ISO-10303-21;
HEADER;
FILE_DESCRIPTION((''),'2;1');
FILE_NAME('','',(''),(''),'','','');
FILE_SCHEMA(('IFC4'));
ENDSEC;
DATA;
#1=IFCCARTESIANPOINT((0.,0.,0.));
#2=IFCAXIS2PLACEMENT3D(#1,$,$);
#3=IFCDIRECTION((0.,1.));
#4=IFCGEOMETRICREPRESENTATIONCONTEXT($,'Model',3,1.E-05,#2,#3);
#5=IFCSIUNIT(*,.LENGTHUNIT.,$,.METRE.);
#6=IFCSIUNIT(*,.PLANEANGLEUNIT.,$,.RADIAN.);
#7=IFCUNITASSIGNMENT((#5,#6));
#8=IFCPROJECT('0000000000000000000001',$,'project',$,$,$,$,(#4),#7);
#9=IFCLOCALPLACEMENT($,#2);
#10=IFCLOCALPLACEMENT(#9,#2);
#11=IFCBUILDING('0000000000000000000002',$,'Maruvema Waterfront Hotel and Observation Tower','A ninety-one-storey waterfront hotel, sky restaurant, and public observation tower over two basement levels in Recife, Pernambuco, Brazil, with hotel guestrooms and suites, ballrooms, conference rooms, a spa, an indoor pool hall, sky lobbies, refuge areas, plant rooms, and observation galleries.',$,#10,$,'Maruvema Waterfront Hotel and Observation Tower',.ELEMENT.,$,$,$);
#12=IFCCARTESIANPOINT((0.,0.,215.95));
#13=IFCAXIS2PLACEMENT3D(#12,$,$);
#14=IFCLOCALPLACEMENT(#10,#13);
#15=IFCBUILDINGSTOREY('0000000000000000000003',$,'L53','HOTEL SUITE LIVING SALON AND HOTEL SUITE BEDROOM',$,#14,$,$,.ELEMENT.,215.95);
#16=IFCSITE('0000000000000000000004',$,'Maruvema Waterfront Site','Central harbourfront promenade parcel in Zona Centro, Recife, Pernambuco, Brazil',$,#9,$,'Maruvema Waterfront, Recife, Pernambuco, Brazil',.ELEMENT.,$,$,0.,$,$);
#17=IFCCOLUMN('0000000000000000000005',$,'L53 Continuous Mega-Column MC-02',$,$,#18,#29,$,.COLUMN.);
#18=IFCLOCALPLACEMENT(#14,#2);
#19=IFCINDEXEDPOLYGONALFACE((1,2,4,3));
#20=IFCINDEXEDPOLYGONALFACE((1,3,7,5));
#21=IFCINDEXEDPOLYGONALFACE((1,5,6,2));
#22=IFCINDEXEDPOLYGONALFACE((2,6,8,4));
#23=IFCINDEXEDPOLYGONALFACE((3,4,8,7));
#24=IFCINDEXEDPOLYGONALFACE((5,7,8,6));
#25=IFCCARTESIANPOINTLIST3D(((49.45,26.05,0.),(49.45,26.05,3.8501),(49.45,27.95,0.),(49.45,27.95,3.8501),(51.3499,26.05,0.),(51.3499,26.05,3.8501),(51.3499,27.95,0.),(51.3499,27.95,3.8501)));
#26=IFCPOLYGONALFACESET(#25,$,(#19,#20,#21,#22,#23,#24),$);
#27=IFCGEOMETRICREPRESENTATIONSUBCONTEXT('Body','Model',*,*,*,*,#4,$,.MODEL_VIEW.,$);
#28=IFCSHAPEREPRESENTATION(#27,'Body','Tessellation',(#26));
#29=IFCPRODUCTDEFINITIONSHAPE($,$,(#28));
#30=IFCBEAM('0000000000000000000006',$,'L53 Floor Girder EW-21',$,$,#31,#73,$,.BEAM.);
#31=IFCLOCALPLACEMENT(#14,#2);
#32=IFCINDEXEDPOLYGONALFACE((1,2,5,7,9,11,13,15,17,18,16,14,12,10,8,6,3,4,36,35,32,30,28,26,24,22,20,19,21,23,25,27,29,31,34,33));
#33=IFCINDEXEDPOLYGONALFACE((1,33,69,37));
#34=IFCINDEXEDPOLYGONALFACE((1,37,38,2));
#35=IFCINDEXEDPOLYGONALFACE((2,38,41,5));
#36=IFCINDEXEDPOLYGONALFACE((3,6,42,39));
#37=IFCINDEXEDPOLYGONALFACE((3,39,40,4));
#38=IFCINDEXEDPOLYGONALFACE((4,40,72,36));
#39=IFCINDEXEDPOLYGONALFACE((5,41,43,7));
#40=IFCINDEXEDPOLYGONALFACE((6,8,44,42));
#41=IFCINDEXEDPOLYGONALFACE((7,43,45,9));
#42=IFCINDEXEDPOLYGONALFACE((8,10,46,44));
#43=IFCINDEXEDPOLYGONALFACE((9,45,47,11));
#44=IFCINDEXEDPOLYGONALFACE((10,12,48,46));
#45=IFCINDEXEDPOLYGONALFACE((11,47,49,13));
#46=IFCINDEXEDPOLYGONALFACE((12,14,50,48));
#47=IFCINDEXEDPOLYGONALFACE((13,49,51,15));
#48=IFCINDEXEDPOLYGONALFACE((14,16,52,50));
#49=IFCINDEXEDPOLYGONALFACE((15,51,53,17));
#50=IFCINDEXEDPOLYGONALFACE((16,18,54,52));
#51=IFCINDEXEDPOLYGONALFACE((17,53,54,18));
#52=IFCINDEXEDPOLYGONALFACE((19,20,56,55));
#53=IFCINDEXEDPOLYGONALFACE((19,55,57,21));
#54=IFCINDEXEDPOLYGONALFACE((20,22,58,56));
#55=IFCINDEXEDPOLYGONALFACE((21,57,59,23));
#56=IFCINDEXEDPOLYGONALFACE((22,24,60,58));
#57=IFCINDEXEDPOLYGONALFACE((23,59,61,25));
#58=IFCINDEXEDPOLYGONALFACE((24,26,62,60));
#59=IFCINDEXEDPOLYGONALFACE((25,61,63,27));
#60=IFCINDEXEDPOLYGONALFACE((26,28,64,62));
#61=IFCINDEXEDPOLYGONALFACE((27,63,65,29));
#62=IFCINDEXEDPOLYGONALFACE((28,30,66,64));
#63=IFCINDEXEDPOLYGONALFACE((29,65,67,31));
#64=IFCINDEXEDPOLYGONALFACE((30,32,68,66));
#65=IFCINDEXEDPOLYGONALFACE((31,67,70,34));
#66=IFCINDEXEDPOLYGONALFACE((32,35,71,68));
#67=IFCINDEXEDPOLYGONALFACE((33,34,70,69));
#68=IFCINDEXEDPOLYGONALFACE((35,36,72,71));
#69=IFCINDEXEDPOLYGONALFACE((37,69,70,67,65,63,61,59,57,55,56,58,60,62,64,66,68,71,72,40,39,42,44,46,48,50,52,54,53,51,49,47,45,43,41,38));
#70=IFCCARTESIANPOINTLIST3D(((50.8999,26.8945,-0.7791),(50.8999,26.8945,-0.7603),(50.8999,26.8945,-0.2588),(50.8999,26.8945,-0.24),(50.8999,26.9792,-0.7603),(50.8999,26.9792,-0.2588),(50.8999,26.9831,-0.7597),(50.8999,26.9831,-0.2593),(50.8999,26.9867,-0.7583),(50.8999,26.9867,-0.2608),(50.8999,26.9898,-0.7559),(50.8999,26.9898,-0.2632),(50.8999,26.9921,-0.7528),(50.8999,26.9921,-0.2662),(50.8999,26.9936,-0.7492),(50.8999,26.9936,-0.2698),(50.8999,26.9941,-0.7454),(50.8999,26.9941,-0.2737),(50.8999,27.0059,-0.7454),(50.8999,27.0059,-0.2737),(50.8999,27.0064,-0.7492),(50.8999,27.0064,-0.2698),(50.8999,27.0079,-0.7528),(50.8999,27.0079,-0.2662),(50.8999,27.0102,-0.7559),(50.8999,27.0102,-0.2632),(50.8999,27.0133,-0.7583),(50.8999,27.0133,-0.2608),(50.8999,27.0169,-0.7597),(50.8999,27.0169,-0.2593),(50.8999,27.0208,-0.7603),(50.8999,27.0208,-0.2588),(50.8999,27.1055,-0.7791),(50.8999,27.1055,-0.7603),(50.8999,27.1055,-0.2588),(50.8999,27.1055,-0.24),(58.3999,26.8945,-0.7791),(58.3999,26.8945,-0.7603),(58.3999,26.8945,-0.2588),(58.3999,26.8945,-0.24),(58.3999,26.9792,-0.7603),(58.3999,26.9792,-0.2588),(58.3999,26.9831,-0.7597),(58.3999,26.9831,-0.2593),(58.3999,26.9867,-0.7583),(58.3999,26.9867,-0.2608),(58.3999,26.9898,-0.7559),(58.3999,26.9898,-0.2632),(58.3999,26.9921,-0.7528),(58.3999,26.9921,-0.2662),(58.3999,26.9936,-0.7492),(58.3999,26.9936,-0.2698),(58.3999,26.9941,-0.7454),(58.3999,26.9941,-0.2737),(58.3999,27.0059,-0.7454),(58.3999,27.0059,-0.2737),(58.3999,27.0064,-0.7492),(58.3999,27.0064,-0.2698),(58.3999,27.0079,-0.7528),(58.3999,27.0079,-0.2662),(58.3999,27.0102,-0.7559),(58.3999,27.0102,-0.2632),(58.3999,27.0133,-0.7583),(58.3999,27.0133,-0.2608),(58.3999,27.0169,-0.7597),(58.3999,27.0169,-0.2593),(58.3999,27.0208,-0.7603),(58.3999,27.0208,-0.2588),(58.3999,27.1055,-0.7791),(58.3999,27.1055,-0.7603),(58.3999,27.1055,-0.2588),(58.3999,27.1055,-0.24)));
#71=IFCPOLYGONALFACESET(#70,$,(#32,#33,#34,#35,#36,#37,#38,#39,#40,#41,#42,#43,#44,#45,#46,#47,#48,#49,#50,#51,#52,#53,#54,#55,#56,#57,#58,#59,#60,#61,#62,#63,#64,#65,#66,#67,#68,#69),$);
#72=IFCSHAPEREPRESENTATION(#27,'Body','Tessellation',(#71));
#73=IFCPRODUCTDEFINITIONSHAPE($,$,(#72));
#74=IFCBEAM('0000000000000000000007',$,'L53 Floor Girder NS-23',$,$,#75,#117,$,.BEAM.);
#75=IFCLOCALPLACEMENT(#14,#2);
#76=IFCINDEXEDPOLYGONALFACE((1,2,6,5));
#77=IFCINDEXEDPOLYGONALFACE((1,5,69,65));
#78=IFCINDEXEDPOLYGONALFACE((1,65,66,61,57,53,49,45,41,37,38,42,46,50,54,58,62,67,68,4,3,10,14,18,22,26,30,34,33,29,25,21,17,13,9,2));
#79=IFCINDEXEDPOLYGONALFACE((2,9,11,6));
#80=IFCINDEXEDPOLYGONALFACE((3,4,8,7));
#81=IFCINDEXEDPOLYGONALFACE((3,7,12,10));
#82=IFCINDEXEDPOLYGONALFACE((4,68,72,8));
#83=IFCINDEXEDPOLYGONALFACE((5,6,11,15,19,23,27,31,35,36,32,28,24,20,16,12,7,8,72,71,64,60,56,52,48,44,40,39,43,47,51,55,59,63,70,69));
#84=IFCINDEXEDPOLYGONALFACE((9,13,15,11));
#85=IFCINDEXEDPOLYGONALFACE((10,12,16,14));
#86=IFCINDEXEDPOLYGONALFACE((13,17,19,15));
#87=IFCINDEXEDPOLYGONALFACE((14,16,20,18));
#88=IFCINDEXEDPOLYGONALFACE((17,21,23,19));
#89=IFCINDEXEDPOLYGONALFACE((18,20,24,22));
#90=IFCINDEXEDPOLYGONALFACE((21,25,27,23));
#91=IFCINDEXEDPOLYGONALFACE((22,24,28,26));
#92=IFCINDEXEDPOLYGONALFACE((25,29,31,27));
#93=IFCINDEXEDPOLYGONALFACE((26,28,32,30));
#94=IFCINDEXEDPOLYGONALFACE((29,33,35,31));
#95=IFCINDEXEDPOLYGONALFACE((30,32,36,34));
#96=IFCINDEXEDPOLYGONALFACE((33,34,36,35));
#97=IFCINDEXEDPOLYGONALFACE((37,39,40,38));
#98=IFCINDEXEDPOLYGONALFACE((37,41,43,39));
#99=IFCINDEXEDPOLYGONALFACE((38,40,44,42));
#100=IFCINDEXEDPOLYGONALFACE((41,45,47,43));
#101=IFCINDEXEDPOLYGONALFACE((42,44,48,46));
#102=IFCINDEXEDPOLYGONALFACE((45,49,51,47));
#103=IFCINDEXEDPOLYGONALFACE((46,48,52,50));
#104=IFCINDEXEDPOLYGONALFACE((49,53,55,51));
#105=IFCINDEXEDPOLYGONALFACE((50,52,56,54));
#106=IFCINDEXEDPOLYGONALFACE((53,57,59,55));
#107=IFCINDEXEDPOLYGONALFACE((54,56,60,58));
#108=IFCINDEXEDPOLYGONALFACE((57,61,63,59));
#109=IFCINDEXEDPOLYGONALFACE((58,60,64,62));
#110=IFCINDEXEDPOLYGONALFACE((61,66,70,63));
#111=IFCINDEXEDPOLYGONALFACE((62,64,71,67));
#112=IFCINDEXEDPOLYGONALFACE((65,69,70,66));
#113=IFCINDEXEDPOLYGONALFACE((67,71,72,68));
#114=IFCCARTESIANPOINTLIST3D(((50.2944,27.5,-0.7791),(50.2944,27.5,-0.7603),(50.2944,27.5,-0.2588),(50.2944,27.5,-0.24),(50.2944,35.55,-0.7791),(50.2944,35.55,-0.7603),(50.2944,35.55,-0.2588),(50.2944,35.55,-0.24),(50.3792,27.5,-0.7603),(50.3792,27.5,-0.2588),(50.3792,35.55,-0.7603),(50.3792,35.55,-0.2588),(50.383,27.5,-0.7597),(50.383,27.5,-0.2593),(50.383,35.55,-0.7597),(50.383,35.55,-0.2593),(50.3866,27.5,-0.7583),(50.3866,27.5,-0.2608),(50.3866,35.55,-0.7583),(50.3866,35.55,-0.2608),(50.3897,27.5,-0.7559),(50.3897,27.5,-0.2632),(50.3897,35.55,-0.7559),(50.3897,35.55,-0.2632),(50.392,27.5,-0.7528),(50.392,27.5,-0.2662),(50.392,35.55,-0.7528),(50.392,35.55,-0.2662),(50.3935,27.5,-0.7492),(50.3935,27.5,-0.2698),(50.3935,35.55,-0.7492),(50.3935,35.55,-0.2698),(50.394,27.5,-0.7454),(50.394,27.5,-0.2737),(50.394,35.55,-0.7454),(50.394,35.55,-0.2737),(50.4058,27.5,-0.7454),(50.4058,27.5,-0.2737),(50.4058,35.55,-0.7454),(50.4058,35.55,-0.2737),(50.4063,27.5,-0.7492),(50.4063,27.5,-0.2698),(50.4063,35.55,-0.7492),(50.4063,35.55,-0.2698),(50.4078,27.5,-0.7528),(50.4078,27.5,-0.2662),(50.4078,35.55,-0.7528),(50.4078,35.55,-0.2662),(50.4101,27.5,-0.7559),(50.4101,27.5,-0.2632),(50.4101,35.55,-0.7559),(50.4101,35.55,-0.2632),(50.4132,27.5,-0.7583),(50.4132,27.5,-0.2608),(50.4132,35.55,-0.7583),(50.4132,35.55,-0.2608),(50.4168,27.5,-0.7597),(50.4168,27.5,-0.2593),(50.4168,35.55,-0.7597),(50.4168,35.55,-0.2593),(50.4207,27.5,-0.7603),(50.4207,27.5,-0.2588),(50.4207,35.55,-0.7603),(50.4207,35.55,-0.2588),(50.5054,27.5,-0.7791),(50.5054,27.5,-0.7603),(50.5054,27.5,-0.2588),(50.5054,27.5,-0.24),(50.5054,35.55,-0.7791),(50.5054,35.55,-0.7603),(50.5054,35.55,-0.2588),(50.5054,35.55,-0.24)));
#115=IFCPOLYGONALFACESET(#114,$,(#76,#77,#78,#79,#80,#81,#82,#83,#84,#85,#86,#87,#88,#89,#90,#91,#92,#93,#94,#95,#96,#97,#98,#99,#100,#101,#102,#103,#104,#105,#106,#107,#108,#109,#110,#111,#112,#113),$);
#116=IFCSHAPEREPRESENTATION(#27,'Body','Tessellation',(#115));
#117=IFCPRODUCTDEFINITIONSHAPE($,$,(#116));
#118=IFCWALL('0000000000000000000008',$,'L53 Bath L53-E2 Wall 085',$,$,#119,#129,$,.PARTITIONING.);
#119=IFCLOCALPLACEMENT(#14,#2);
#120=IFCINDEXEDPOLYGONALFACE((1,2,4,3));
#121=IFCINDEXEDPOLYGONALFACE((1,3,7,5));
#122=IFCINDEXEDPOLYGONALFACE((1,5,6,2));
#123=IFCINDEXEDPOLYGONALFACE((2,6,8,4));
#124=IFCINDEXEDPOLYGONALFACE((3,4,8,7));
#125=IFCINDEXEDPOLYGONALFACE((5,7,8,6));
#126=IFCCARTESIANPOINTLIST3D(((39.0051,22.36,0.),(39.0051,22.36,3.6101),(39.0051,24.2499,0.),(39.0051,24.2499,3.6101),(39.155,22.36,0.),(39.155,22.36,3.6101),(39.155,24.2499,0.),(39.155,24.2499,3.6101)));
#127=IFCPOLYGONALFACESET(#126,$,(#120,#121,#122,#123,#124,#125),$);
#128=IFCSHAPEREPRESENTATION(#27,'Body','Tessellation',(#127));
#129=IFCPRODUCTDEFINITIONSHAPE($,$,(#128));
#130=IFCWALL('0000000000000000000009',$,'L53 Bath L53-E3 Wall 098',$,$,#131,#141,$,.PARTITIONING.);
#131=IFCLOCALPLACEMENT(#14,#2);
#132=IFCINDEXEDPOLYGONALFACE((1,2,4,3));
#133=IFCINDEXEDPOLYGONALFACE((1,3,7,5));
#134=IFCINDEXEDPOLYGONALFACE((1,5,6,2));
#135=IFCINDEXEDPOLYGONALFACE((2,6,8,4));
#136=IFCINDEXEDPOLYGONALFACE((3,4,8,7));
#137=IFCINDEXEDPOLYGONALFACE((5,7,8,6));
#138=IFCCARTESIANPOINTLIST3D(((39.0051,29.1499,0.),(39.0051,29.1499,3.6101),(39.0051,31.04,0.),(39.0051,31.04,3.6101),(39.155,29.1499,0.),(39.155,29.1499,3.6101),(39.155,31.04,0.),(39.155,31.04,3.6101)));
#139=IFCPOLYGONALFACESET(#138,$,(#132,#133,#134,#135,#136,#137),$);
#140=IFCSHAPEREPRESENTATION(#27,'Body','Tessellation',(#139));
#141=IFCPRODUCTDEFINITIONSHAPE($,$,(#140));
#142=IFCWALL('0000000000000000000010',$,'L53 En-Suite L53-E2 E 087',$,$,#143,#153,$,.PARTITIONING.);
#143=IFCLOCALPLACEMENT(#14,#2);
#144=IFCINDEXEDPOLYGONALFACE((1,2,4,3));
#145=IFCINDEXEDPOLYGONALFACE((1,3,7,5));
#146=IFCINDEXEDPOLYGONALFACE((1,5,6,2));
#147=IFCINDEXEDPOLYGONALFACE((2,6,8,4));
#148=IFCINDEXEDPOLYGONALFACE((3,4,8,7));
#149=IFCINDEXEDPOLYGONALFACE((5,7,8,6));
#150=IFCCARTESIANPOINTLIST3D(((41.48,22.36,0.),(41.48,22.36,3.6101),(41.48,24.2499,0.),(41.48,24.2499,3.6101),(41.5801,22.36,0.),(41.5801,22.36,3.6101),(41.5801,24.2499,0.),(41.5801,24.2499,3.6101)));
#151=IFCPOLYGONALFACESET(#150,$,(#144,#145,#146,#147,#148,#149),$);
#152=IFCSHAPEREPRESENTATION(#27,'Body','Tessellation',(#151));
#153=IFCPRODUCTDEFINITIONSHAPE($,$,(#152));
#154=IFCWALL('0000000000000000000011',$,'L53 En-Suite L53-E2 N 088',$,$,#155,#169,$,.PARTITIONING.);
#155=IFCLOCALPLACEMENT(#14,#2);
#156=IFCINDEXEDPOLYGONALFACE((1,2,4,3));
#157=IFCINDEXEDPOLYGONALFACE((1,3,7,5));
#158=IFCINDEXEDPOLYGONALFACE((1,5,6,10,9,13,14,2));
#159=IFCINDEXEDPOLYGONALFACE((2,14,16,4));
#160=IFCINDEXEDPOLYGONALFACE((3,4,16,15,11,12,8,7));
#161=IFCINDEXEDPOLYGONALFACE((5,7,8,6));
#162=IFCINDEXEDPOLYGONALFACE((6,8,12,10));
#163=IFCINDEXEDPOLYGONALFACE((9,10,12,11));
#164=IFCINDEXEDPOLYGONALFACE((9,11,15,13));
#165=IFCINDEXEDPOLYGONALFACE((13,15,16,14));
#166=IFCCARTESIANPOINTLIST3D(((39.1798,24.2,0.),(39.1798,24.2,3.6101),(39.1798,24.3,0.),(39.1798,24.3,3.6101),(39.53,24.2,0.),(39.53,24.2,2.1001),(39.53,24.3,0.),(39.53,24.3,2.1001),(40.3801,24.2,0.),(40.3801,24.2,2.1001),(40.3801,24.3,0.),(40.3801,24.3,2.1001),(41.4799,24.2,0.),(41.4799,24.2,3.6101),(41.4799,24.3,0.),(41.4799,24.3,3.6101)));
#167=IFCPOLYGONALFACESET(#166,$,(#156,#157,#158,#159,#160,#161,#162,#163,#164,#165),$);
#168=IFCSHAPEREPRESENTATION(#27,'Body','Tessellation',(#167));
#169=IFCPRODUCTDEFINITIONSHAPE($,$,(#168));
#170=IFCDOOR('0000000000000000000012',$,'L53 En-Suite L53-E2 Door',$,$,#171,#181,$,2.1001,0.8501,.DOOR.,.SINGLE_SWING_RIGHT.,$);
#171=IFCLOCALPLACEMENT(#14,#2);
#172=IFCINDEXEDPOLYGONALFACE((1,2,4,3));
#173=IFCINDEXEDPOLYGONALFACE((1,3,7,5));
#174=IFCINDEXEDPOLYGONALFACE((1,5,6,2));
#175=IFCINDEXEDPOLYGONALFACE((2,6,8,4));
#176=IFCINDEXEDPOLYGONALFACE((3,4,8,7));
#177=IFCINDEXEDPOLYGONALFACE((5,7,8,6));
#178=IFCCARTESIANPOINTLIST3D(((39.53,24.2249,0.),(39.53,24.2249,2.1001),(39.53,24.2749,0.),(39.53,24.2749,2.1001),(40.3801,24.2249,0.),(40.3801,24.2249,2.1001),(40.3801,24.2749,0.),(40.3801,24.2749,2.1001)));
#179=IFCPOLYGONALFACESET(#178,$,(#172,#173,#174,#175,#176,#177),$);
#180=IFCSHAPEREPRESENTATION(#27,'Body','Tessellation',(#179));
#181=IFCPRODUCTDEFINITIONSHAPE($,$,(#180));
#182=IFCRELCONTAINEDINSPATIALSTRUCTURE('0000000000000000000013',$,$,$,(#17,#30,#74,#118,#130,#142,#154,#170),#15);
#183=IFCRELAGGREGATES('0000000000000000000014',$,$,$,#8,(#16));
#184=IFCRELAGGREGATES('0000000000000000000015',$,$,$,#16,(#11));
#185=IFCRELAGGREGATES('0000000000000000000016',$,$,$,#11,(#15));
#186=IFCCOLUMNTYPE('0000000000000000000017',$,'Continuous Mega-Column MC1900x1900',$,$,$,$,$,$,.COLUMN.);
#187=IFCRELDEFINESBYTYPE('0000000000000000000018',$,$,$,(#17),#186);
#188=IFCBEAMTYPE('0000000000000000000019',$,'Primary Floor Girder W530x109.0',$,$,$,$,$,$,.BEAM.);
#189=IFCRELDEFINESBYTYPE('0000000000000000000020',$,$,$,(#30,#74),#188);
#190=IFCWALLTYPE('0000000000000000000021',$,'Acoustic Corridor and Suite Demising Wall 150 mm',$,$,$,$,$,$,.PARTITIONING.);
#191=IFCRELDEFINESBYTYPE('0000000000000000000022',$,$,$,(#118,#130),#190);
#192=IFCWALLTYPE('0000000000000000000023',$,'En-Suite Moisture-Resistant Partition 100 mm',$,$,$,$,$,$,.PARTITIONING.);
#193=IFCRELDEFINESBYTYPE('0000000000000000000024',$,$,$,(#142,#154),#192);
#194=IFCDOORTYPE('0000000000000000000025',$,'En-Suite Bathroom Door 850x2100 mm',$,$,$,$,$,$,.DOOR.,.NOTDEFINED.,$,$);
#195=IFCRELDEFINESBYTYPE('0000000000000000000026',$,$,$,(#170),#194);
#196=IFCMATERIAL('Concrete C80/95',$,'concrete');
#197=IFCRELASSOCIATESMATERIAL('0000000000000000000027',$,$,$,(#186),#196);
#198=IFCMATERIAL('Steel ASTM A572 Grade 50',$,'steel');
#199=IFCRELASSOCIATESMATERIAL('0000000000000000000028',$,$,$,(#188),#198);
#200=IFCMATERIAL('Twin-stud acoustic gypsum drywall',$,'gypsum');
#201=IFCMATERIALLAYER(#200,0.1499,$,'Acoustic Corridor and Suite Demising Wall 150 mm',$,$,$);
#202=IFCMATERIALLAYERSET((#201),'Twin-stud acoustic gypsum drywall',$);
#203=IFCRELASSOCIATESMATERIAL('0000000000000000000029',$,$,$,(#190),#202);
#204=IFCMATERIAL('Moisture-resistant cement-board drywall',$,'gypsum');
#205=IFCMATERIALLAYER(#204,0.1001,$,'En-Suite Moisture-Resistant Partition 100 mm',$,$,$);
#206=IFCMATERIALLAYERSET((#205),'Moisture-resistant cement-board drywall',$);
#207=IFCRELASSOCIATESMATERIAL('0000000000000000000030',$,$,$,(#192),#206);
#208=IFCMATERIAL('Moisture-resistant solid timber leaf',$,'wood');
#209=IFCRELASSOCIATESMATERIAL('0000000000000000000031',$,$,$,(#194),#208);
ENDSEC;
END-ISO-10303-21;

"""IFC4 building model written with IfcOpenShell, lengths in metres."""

from ifc_helpers import new_model, si_unit, direction, frame, frame_2d, origin, origin_2d, place, context, subcontext, project, spatial, rectangle, i_section, extrude, material, layer, layer_set, material_profile, profile_set, type_object, element, fill, save


model = new_model("IFC4")

# Units and contexts
model_context = context("Model", 3, precision=1e-05, world=origin(), true_north=direction((0.0, 1.0)))
body_context = subcontext(model_context, "Body", "Model", "MODEL_VIEW")
ifc_project = project(units=[si_unit("LENGTHUNIT", "METRE"), si_unit("PLANEANGLEUNIT", "RADIAN")], contexts=[model_context])

# Site, building, storey
site_placement = place(None, origin())
site = spatial("IfcSite", under=ifc_project, at=site_placement, Name="Maruvema Waterfront Site", Description="Central harbourfront promenade parcel in Zona Centro, Recife, Pernambuco, Brazil", LongName="Maruvema Waterfront, Recife, Pernambuco, Brazil", CompositionType="ELEMENT", RefElevation=0.0)
building_placement = place(site_placement, origin())
building = spatial("IfcBuilding", under=site, at=building_placement, Name="Maruvema Waterfront Hotel and Observation Tower", Description="A ninety-one-storey waterfront hotel, sky restaurant, and public observation tower over two basement levels in Recife, Pernambuco, Brazil, with hotel guestrooms and suites, ballrooms, conference rooms, a spa, an indoor pool hall, sky lobbies, refuge areas, plant rooms, and observation galleries.", LongName="Maruvema Waterfront Hotel and Observation Tower", CompositionType="ELEMENT")
storey_placement = place(building_placement, frame((0.0, 0.0, 215.95)))
storey = spatial("IfcBuildingStorey", under=building, at=storey_placement, Name="L53", Description="HOTEL SUITE LIVING SALON AND HOTEL SUITE BEDROOM", CompositionType="ELEMENT", Elevation=215.95)

# Column
ifc_material_1 = material(Name="Concrete C80/95", Category="concrete")
ifc_material_profile_1 = material_profile(ifc_material_1, rectangle(XDim=1.8999, YDim=1.8999, at=origin_2d()), Name="MC1900x1900")
ifc_profile_set_1 = profile_set([ifc_material_profile_1], Name="Concrete C80/95")
column_type = type_object("IfcColumnType", Name="Continuous Mega-Column MC1900x1900", PredefinedType="COLUMN", material=ifc_profile_set_1)
column_placement = place(storey_placement, frame((50.3999, 27.0, 0.0), z_axis=(0.0, 0.0, 1.0), x_axis=(1.0, 0.0, 0.0)))
element("IfcColumn", 1, at=column_placement, inside=storey, type_object=column_type, Name="L53 Continuous Mega-Column MC-02", PredefinedType="COLUMN", context=body_context, shape_type="SweptSolid", body=[
    extrude(rectangle(XDim=1.8999, YDim=1.8999, at=origin_2d()), origin(), (0.0, 0.0, 1.0), 3.8501),
])

# Beams
ifc_material_2 = material(Name="Steel ASTM A572 Grade 50", Category="steel")
ifc_material_profile_2 = material_profile(ifc_material_2, i_section(OverallWidth=0.2109, OverallDepth=0.5391, WebThickness=0.0117, FlangeThickness=0.0188, FilletRadius=0.0149, at=origin_2d()), Name="W530x109.0")
ifc_profile_set_2 = profile_set([ifc_material_profile_2], Name="Steel ASTM A572 Grade 50")
beam_type = type_object("IfcBeamType", Name="Primary Floor Girder W530x109.0", PredefinedType="BEAM", material=ifc_profile_set_2)
beam_1_placement = place(storey_placement, frame((50.8999, 27.0, -0.5095), z_axis=(1.0, 0.0, 0.0), x_axis=(0.0, 1.0, 0.0)))
element("IfcBeam", 2, at=beam_1_placement, inside=storey, type_object=beam_type, Name="L53 Floor Girder EW-21", PredefinedType="BEAM", context=body_context, shape_type="SweptSolid", body=[
    extrude(i_section(OverallWidth=0.2109, OverallDepth=0.5391, WebThickness=0.0117, FlangeThickness=0.0188, FilletRadius=0.0149, at=origin_2d()), origin(), (0.0, 0.0, 1.0), 7.5),
])
beam_2_placement = place(storey_placement, frame((50.3999, 27.5, -0.5095), z_axis=(0.0, 1.0, 0.0), x_axis=(-1.0, 0.0, 0.0)))
element("IfcBeam", 3, at=beam_2_placement, inside=storey, type_object=beam_type, Name="L53 Floor Girder NS-23", PredefinedType="BEAM", context=body_context, shape_type="SweptSolid", body=[
    extrude(i_section(OverallWidth=0.2109, OverallDepth=0.5391, WebThickness=0.0117, FlangeThickness=0.0188, FilletRadius=0.0149, at=origin_2d()), origin(), (0.0, 0.0, 1.0), 8.05),
])

# Wall
ifc_material_3 = material(Name="Twin-stud acoustic gypsum drywall", Category="gypsum")
ifc_layer_1 = layer(ifc_material_3, 0.1499, Name="Acoustic Corridor and Suite Demising Wall 150 mm")
ifc_layer_set_1 = layer_set([ifc_layer_1], Name="Twin-stud acoustic gypsum drywall")
wall_type_1 = type_object("IfcWallType", Name="Acoustic Corridor and Suite Demising Wall 150 mm", PredefinedType="PARTITIONING", material=ifc_layer_set_1)
wall_1_placement = place(storey_placement, frame((39.0801, 22.3601, 0.0), z_axis=(0.0, 0.0, 1.0), x_axis=(0.0, 1.0, 0.0)))
element("IfcWall", 4, at=wall_1_placement, inside=storey, type_object=wall_type_1, Name="L53 Bath L53-E2 Wall 085", PredefinedType="PARTITIONING", context=body_context, shape_type="SweptSolid", body=[
    extrude(rectangle(XDim=1.8899, YDim=0.1499, at=frame_2d((0.9448, 0.0))), origin(), (0.0, 0.0, 1.0), 3.6101),
])

# Walls
wall_2_placement = place(storey_placement, frame((39.0801, 29.1499, 0.0), z_axis=(0.0, 0.0, 1.0), x_axis=(0.0, 1.0, 0.0)))
element("IfcWall", 5, at=wall_2_placement, inside=storey, type_object=wall_type_1, Name="L53 Bath L53-E3 Wall 098", PredefinedType="PARTITIONING", context=body_context, shape_type="SweptSolid", body=[
    extrude(rectangle(XDim=1.8901, YDim=0.1499, at=frame_2d((0.9451, 0.0))), origin(), (0.0, 0.0, 1.0), 3.6101),
])
ifc_material_4 = material(Name="Moisture-resistant cement-board drywall", Category="gypsum")
ifc_layer_2 = layer(ifc_material_4, 0.1001, Name="En-Suite Moisture-Resistant Partition 100 mm")
ifc_layer_set_2 = layer_set([ifc_layer_2], Name="Moisture-resistant cement-board drywall")
wall_type_2 = type_object("IfcWallType", Name="En-Suite Moisture-Resistant Partition 100 mm", PredefinedType="PARTITIONING", material=ifc_layer_set_2)
wall_3_placement = place(storey_placement, frame((41.53, 22.3601, 0.0), z_axis=(0.0, 0.0, 1.0), x_axis=(0.0, 1.0, 0.0)))
element("IfcWall", 6, at=wall_3_placement, inside=storey, type_object=wall_type_2, Name="L53 En-Suite L53-E2 E 087", PredefinedType="PARTITIONING", context=body_context, shape_type="SweptSolid", body=[
    extrude(rectangle(XDim=1.8899, YDim=0.1001, at=frame_2d((0.9448, 0.0))), origin(), (0.0, 0.0, 1.0), 3.6101),
])

# Wall, opening, door
wall_4_placement = place(storey_placement, frame((39.1799, 24.25, 0.0), z_axis=(0.0, 0.0, 1.0), x_axis=(1.0, 0.0, 0.0)))
wall_4 = element("IfcWall", 7, at=wall_4_placement, inside=storey, type_object=wall_type_2, Name="L53 En-Suite L53-E2 N 088", PredefinedType="PARTITIONING", context=body_context, shape_type="SweptSolid", body=[
    extrude(rectangle(XDim=2.3, YDim=0.1001, at=frame_2d((1.1499, 0.0))), origin(), (0.0, 0.0, 1.0), 3.6101),
])
opening_1_placement = place(wall_4_placement, frame((0.3501, 0.0, 0.0)))
opening_1 = element("IfcOpeningElement", 8, at=opening_1_placement, cuts=wall_4, PredefinedType="OPENING", context=body_context, shape_type="SweptSolid", body=[
    extrude(rectangle(XDim=0.8501, YDim=2.1001, at=frame_2d((0.425, 1.05))), frame((0.0, 0.0601, 0.0), z_axis=(0.0, -1.0, 0.0), x_axis=(1.0, 0.0, 0.0)), (0.0, 0.0, 1.0), 0.1201),
])
ifc_material_5 = material(Name="Moisture-resistant solid timber leaf", Category="wood")
door_type_1 = type_object("IfcDoorType", Name="En-Suite Bathroom Door 850x2100 mm", OperationType="NOTDEFINED", PredefinedType="DOOR", material=ifc_material_5)
door_1_placement = place(opening_1_placement, origin())
door_1 = element("IfcDoor", 9, at=door_1_placement, inside=storey, type_object=door_type_1, Name="L53 En-Suite L53-E2 Door", OperationType="SINGLE_SWING_RIGHT", OverallHeight=2.1001, OverallWidth=0.8501, PredefinedType="DOOR", context=body_context, shape_type="SweptSolid", body=[
    extrude(rectangle(XDim=0.8501, YDim=2.1001, at=frame_2d((0.425, 1.05))), frame((0.0, 0.0249, 0.0), z_axis=(0.0, -1.0, 0.0), x_axis=(1.0, 0.0, 0.0)), (0.0, 0.0, 1.0), 0.05),
])
fill(opening_1, door_1)

save(model, "model.ifc")
